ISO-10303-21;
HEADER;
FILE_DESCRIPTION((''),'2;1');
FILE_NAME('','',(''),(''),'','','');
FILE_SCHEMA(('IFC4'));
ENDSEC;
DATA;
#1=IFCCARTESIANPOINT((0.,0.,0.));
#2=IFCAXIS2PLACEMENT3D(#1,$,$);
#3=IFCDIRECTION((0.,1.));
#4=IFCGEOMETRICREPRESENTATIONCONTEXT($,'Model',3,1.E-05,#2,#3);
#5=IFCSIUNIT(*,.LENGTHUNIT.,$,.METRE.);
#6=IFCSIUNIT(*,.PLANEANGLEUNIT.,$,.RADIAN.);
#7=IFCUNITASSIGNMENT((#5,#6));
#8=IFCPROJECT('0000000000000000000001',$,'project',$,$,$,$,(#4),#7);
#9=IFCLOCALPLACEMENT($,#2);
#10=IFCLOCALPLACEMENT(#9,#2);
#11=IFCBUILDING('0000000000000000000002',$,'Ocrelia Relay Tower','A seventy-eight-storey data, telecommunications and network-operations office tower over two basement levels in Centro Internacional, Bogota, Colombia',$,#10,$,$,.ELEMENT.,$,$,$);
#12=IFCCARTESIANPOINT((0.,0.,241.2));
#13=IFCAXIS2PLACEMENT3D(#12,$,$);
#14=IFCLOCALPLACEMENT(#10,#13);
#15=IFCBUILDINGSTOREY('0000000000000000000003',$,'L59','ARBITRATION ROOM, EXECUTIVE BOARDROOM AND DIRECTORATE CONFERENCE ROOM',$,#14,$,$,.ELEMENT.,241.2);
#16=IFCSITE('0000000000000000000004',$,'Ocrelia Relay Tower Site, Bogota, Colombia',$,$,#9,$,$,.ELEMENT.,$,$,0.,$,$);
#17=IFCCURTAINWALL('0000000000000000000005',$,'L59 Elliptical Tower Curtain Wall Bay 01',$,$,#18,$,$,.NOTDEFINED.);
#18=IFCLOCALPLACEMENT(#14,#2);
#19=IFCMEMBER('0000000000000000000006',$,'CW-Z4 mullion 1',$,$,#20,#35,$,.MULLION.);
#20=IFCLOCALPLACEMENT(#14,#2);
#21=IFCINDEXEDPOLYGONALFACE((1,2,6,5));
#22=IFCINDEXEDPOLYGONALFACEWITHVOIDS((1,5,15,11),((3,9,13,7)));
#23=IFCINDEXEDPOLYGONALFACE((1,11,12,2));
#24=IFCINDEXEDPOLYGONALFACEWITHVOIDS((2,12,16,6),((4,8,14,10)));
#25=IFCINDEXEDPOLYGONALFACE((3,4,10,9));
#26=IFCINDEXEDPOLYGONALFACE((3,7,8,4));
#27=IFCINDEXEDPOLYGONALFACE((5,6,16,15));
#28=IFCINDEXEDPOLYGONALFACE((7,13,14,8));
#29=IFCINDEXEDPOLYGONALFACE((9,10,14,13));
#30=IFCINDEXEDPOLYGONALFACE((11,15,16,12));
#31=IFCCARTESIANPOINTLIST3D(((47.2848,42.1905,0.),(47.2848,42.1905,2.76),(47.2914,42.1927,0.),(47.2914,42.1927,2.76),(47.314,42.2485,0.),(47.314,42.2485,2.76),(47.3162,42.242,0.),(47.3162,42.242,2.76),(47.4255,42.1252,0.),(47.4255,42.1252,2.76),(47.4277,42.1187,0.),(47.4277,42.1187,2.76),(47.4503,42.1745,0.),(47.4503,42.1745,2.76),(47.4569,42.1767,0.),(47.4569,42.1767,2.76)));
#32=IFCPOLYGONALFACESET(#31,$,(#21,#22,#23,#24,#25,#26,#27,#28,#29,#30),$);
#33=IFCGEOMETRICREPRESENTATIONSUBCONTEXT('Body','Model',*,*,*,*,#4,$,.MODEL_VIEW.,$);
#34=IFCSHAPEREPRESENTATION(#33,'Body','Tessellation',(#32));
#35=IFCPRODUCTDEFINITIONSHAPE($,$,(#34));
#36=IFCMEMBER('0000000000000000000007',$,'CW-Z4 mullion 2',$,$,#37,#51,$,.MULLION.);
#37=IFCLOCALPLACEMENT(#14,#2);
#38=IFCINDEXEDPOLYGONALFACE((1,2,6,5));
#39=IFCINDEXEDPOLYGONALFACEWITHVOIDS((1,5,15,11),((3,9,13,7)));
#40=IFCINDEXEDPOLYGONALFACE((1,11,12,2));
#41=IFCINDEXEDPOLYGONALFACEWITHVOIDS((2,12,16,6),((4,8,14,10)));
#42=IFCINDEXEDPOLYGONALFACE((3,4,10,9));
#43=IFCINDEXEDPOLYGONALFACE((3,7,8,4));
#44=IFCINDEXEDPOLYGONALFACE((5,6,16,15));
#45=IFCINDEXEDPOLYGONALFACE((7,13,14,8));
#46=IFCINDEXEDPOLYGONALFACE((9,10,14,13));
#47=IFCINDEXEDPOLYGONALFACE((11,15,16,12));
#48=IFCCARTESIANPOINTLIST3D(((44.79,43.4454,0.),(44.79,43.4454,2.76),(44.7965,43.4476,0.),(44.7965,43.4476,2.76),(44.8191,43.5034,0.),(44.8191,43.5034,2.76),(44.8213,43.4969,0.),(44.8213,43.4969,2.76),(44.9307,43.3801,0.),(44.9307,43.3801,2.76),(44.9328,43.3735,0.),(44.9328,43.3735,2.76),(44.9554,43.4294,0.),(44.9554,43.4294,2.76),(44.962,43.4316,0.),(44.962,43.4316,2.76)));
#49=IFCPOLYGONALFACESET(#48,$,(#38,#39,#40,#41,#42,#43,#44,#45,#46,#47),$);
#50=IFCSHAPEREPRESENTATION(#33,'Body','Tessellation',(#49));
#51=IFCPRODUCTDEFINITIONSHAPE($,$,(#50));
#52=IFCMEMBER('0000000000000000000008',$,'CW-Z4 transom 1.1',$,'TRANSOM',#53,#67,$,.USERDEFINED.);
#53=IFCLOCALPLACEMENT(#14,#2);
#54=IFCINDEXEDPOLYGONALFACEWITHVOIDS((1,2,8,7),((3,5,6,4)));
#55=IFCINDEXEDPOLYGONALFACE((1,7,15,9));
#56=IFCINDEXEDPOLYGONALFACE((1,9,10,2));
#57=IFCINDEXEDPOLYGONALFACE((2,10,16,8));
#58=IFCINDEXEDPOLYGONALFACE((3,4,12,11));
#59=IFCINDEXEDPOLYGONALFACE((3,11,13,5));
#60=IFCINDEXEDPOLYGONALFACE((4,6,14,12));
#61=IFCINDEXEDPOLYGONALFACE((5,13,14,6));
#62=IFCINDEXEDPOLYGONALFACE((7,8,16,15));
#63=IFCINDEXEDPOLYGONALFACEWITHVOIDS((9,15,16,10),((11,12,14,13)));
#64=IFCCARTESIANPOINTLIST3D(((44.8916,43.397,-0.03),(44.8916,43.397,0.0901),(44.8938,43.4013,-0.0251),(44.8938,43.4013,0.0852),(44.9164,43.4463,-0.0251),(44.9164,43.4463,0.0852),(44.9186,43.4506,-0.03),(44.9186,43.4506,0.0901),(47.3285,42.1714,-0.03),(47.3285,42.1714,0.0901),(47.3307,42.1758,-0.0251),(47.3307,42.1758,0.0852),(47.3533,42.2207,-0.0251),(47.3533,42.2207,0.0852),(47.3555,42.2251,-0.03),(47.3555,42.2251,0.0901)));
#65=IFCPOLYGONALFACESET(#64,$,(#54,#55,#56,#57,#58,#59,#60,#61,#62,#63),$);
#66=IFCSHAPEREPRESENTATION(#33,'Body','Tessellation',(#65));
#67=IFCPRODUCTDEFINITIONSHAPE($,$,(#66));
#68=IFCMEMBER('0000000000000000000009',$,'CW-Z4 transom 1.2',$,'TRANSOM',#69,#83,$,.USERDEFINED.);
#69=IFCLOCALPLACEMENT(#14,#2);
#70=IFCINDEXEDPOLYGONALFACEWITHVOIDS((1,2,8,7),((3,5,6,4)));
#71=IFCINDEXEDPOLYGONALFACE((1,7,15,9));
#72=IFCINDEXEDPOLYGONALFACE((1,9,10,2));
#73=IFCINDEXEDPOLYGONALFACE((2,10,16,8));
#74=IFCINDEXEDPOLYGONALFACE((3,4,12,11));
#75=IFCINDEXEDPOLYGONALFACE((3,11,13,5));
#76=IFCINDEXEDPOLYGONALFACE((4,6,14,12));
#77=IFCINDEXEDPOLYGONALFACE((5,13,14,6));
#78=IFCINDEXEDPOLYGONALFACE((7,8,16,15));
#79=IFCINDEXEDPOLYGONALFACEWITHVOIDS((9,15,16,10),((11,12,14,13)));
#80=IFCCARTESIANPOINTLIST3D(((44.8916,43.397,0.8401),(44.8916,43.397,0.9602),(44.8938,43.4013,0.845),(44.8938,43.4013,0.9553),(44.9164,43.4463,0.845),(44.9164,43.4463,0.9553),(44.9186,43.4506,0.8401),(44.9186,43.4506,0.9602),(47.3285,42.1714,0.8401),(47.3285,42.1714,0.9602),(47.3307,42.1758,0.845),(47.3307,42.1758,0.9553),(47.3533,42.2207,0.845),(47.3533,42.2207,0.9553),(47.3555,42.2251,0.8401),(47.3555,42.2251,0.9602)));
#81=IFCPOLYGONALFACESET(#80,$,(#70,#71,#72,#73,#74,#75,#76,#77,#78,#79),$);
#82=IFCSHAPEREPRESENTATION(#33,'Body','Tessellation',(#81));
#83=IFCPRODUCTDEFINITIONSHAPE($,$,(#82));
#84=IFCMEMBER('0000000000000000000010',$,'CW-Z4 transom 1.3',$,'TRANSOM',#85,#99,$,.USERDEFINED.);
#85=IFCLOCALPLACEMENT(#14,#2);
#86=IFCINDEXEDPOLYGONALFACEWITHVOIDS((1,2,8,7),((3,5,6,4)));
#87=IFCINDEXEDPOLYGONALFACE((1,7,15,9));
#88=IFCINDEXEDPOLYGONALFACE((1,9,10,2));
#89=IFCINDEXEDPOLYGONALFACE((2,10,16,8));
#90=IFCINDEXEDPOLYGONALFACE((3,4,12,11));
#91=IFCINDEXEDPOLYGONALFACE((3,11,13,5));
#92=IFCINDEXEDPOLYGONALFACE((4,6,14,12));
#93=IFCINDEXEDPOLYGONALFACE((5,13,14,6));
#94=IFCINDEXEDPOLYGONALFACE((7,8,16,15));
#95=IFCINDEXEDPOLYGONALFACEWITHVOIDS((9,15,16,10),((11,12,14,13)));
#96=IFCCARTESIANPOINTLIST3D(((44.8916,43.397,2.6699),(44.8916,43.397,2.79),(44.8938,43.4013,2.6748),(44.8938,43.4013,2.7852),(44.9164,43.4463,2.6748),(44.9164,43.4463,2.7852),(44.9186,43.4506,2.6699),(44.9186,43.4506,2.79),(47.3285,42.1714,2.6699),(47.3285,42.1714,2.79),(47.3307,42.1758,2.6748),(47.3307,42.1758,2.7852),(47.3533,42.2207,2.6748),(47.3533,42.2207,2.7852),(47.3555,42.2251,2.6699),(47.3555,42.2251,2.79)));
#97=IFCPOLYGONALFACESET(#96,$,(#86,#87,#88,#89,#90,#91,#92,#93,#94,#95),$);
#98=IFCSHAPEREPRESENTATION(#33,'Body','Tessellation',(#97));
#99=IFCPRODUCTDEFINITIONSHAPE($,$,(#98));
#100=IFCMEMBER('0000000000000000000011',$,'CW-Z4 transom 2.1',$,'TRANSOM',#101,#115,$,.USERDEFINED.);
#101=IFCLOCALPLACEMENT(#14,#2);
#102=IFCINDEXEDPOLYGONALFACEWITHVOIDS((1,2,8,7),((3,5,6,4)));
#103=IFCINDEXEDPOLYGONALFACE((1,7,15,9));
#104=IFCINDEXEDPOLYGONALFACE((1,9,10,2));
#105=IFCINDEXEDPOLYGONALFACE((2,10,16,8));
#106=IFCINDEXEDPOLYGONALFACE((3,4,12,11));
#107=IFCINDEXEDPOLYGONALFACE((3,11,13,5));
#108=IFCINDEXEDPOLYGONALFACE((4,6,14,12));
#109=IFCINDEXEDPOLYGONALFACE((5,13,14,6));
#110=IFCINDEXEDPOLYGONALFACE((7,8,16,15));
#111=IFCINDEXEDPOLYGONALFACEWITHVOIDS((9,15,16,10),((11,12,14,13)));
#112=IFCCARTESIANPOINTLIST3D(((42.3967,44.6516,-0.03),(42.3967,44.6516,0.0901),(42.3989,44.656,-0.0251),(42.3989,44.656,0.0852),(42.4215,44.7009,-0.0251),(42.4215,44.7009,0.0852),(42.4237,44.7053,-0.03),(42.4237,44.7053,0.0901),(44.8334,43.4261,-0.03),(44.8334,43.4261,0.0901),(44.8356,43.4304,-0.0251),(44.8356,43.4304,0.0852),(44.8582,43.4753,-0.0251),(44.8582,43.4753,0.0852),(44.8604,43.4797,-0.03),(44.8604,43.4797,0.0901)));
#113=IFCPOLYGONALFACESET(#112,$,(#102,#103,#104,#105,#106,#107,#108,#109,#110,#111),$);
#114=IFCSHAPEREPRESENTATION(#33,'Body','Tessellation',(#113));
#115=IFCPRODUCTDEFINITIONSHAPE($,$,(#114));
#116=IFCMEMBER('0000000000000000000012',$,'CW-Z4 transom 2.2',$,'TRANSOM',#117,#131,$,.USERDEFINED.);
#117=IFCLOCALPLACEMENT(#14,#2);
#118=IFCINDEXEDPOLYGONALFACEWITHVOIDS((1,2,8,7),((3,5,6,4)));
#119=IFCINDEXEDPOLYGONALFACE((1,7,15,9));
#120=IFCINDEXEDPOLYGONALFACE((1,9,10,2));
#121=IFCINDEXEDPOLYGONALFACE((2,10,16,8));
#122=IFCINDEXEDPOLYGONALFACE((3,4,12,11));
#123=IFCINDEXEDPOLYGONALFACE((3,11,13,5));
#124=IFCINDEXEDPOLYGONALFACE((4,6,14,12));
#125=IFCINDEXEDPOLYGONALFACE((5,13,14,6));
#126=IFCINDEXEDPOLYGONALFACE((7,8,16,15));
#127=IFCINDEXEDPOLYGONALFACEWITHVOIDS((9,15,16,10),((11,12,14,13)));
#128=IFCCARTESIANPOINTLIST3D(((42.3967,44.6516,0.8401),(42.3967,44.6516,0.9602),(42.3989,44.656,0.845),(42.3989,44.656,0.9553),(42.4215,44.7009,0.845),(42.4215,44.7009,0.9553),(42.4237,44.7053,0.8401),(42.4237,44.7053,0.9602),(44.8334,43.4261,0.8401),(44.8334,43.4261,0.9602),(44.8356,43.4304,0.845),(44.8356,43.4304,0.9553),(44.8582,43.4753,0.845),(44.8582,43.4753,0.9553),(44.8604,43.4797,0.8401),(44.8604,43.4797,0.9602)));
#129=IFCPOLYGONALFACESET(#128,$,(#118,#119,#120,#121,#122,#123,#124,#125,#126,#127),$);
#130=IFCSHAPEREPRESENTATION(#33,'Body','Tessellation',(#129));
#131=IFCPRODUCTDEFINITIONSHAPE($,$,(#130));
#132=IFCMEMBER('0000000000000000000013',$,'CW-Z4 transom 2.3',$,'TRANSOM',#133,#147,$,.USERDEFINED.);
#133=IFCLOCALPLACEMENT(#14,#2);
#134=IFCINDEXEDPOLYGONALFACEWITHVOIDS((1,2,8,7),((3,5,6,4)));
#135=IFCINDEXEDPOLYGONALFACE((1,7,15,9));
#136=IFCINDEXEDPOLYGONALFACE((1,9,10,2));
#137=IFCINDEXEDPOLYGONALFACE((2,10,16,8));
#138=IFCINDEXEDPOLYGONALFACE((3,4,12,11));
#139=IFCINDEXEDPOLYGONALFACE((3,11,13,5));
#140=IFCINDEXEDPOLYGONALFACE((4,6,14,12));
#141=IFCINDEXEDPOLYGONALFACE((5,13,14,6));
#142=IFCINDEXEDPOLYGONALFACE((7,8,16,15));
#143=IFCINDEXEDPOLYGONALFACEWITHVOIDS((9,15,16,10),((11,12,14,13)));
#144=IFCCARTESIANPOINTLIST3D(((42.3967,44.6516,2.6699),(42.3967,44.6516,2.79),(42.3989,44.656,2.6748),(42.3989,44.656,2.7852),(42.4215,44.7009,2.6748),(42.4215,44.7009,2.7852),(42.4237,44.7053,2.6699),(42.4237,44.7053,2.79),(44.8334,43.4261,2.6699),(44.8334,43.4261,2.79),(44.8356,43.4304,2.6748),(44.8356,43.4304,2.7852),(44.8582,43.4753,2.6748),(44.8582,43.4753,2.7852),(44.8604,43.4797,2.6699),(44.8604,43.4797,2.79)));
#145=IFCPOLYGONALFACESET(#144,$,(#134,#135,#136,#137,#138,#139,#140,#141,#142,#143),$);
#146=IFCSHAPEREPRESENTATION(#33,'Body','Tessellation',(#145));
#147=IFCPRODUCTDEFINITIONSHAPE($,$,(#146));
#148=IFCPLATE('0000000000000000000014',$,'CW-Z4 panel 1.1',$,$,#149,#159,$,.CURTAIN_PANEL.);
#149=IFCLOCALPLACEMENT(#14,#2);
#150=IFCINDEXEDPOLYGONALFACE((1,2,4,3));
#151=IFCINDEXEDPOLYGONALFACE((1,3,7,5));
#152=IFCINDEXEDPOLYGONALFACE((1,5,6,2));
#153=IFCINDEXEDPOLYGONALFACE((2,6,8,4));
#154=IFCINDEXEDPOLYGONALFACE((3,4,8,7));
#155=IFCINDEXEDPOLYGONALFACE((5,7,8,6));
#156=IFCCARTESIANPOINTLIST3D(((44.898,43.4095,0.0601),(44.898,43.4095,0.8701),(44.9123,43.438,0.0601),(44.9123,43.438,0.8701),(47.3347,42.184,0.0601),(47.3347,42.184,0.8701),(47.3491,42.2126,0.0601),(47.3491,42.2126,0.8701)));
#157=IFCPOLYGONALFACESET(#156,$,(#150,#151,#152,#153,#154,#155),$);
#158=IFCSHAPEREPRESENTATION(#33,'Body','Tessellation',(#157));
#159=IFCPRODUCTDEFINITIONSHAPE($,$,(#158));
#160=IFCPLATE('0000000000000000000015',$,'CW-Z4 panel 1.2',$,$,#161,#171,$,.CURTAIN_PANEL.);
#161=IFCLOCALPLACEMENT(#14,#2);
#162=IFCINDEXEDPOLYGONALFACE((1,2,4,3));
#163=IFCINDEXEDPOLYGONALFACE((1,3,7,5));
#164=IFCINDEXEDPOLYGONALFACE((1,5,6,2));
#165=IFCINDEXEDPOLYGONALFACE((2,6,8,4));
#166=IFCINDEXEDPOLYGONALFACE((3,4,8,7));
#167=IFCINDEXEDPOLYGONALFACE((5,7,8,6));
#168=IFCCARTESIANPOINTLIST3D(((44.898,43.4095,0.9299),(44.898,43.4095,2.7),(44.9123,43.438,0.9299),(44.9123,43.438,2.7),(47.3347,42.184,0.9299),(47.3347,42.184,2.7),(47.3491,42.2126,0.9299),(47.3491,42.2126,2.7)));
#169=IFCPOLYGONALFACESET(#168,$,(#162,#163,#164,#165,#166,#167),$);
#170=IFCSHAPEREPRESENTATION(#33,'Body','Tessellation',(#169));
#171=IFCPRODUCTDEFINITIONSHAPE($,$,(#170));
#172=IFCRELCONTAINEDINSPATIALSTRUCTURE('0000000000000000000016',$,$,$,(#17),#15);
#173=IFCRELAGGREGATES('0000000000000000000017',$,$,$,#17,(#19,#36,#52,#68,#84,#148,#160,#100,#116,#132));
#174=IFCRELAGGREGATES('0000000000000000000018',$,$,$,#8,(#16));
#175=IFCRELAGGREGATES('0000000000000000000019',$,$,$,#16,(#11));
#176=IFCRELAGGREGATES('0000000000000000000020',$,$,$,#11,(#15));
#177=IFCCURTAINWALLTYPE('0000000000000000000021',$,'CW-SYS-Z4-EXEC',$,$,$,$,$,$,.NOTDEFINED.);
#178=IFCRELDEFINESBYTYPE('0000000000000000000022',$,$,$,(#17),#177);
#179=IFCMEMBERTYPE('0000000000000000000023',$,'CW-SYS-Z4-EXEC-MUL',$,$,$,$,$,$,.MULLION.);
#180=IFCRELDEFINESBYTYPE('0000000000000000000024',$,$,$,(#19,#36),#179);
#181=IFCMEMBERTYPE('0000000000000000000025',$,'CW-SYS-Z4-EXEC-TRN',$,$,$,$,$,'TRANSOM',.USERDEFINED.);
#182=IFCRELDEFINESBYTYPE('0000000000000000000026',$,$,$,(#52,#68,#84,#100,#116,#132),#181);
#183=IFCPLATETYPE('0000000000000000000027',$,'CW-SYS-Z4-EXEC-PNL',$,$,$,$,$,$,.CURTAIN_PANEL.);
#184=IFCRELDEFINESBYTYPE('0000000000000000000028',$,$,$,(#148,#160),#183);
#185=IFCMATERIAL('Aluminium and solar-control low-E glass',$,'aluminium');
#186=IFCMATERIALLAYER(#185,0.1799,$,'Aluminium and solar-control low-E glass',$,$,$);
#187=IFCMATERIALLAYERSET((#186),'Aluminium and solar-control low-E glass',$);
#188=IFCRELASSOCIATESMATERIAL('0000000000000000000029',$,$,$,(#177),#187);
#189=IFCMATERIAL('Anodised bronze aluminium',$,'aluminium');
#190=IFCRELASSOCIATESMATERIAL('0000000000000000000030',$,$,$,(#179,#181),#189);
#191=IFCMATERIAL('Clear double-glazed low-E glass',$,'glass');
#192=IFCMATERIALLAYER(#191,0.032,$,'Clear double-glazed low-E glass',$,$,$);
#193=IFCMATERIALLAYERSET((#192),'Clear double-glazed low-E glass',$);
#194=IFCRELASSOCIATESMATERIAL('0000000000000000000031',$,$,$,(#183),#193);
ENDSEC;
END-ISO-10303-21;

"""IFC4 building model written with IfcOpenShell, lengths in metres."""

from ifc_helpers import new_model, si_unit, direction, frame, origin, origin_2d, place, context, subcontext, project, spatial, rectangle, hollow_rectangle, extrude, material, layer, layer_set, material_profile, profile_set, type_object, element, aggregate, save


model = new_model("IFC4")

# Units and contexts
model_context = context("Model", 3, precision=1e-05, world=origin(), true_north=direction((0.0, 1.0)))
body_context = subcontext(model_context, "Body", "Model", "MODEL_VIEW")
ifc_project = project(units=[si_unit("LENGTHUNIT", "METRE"), si_unit("PLANEANGLEUNIT", "RADIAN")], contexts=[model_context])

# Site, building, storey
site_placement = place(None, origin())
site = spatial("IfcSite", under=ifc_project, at=site_placement, Name="Ocrelia Relay Tower Site, Bogota, Colombia", CompositionType="ELEMENT", RefElevation=0.0)
building_placement = place(site_placement, origin())
building = spatial("IfcBuilding", under=site, at=building_placement, Name="Ocrelia Relay Tower", Description="A seventy-eight-storey data, telecommunications and network-operations office tower over two basement levels in Centro Internacional, Bogota, Colombia", CompositionType="ELEMENT")
storey_placement = place(building_placement, frame((0.0, 0.0, 241.2)))
storey = spatial("IfcBuildingStorey", under=building, at=storey_placement, Name="L59", Description="ARBITRATION ROOM, EXECUTIVE BOARDROOM AND DIRECTORATE CONFERENCE ROOM", CompositionType="ELEMENT", Elevation=241.2)

# Curtain wall, members, plates
ifc_material_1 = material(Name="Aluminium and solar-control low-E glass", Category="aluminium")
ifc_layer_1 = layer(ifc_material_1, 0.1799, Name="Aluminium and solar-control low-E glass")
ifc_layer_set_1 = layer_set([ifc_layer_1], Name="Aluminium and solar-control low-E glass")
curtain_wall_type = type_object("IfcCurtainWallType", Name="CW-SYS-Z4-EXEC", PredefinedType="NOTDEFINED", material=ifc_layer_set_1)
curtain_wall_placement = place(storey_placement, origin())
curtain_wall = element("IfcCurtainWall", 1, at=curtain_wall_placement, inside=storey, type_object=curtain_wall_type, Name="L59 Elliptical Tower Curtain Wall Bay 01", PredefinedType="NOTDEFINED")
ifc_material_2 = material(Name="Anodised bronze aluminium", Category="aluminium")
ifc_material_profile_1 = material_profile(ifc_material_2, hollow_rectangle(XDim=0.0649, YDim=0.1599, WallThickness=0.0049, at=origin_2d()), Name="CW-MUL-160x65")
ifc_profile_set_1 = profile_set([ifc_material_profile_1], Name="Anodised bronze aluminium")
member_type_1 = type_object("IfcMemberType", Name="CW-SYS-Z4-EXEC-MUL", PredefinedType="MULLION", material=ifc_profile_set_1)
member_1_placement = place(storey_placement, frame((47.3708, 42.1836, 0.0), z_axis=(0.0, 0.0, 1.0), x_axis=(-0.449287, -0.893388, 0.0)))
member_1 = element("IfcMember", 2, at=member_1_placement, type_object=member_type_1, Name="CW-Z4 mullion 1", PredefinedType="MULLION", context=body_context, shape_type="SweptSolid", body=[
    extrude(hollow_rectangle(XDim=0.0649, YDim=0.1599, WallThickness=0.0049, at=origin_2d()), origin(), (0.0, 0.0, 1.0), 2.76),
])
member_2_placement = place(storey_placement, frame((44.876, 43.4385, 0.0), z_axis=(0.0, 0.0, 1.0), x_axis=(-0.449287, -0.893388, 0.0)))
member_2 = element("IfcMember", 3, at=member_2_placement, type_object=member_type_1, Name="CW-Z4 mullion 2", PredefinedType="MULLION", context=body_context, shape_type="SweptSolid", body=[
    extrude(hollow_rectangle(XDim=0.0649, YDim=0.1599, WallThickness=0.0049, at=origin_2d()), origin(), (0.0, 0.0, 1.0), 2.76),
])
ifc_material_profile_2 = material_profile(ifc_material_2, hollow_rectangle(XDim=0.0601, YDim=0.1201, WallThickness=0.0049, at=origin_2d()), Name="CW-TRN-120x60")
ifc_profile_set_2 = profile_set([ifc_material_profile_2], Name="Anodised bronze aluminium")
member_type_2 = type_object("IfcMemberType", Name="CW-SYS-Z4-EXEC-TRN", ElementType="TRANSOM", PredefinedType="USERDEFINED", material=ifc_profile_set_2)
member_3_placement = place(storey_placement, frame((47.342, 42.1982, 0.03), z_axis=(-0.893387, 0.449289, 0.0), x_axis=(-0.449289, -0.893387, 0.0)))
member_3 = element("IfcMember", 4, at=member_3_placement, type_object=member_type_2, Name="CW-Z4 transom 1.1", ObjectType="TRANSOM", PredefinedType="USERDEFINED", context=body_context, shape_type="SweptSolid", body=[
    extrude(hollow_rectangle(XDim=0.0601, YDim=0.1201, WallThickness=0.0049, at=origin_2d()), origin(), (0.0, 0.0, 1.0), 2.7278),
])
member_4_placement = place(storey_placement, frame((47.342, 42.1982, 0.9001), z_axis=(-0.893387, 0.449289, 0.0), x_axis=(-0.449289, -0.893387, 0.0)))
member_4 = element("IfcMember", 5, at=member_4_placement, type_object=member_type_2, Name="CW-Z4 transom 1.2", ObjectType="TRANSOM", PredefinedType="USERDEFINED", context=body_context, shape_type="SweptSolid", body=[
    extrude(hollow_rectangle(XDim=0.0601, YDim=0.1201, WallThickness=0.0049, at=origin_2d()), origin(), (0.0, 0.0, 1.0), 2.7278),
])
member_5_placement = place(storey_placement, frame((47.342, 42.1982, 2.73), z_axis=(-0.893387, 0.449289, 0.0), x_axis=(-0.449289, -0.893387, 0.0)))
member_5 = element("IfcMember", 6, at=member_5_placement, type_object=member_type_2, Name="CW-Z4 transom 1.3", ObjectType="TRANSOM", PredefinedType="USERDEFINED", context=body_context, shape_type="SweptSolid", body=[
    extrude(hollow_rectangle(XDim=0.0601, YDim=0.1201, WallThickness=0.0049, at=origin_2d()), origin(), (0.0, 0.0, 1.0), 2.7278),
])
member_6_placement = place(storey_placement, frame((44.8469, 43.4529, 0.03), z_axis=(-0.893369, 0.449325, 0.0), x_axis=(-0.449325, -0.893369, 0.0)))
member_6 = element("IfcMember", 7, at=member_6_placement, type_object=member_type_2, Name="CW-Z4 transom 2.1", ObjectType="TRANSOM", PredefinedType="USERDEFINED", context=body_context, shape_type="SweptSolid", body=[
    extrude(hollow_rectangle(XDim=0.0601, YDim=0.1201, WallThickness=0.0049, at=origin_2d()), origin(), (0.0, 0.0, 1.0), 2.7275),
])
member_7_placement = place(storey_placement, frame((44.8469, 43.4529, 0.9001), z_axis=(-0.893369, 0.449325, 0.0), x_axis=(-0.449325, -0.893369, 0.0)))
member_7 = element("IfcMember", 8, at=member_7_placement, type_object=member_type_2, Name="CW-Z4 transom 2.2", ObjectType="TRANSOM", PredefinedType="USERDEFINED", context=body_context, shape_type="SweptSolid", body=[
    extrude(hollow_rectangle(XDim=0.0601, YDim=0.1201, WallThickness=0.0049, at=origin_2d()), origin(), (0.0, 0.0, 1.0), 2.7275),
])
member_8_placement = place(storey_placement, frame((44.8469, 43.4529, 2.73), z_axis=(-0.893369, 0.449325, 0.0), x_axis=(-0.449325, -0.893369, 0.0)))
member_8 = element("IfcMember", 9, at=member_8_placement, type_object=member_type_2, Name="CW-Z4 transom 2.3", ObjectType="TRANSOM", PredefinedType="USERDEFINED", context=body_context, shape_type="SweptSolid", body=[
    extrude(hollow_rectangle(XDim=0.0601, YDim=0.1201, WallThickness=0.0049, at=origin_2d()), origin(), (0.0, 0.0, 1.0), 2.7275),
])
ifc_material_3 = material(Name="Clear double-glazed low-E glass", Category="glass")
ifc_layer_2 = layer(ifc_material_3, 0.032, Name="Clear double-glazed low-E glass")
ifc_layer_set_2 = layer_set([ifc_layer_2], Name="Clear double-glazed low-E glass")
plate_type = type_object("IfcPlateType", Name="CW-SYS-Z4-EXEC-PNL", PredefinedType="CURTAIN_PANEL", material=ifc_layer_set_2)
plate_1_placement = place(storey_placement, frame((46.1235, 42.811, 0.0601), z_axis=(0.0, 0.0, 1.0), x_axis=(-0.893388, 0.449287, 0.0)))
plate_1 = element("IfcPlate", 10, at=plate_1_placement, type_object=plate_type, Name="CW-Z4 panel 1.1", PredefinedType="CURTAIN_PANEL", context=body_context, shape_type="SweptSolid", body=[
    extrude(rectangle(XDim=2.7275, YDim=0.032, at=origin_2d()), origin(), (0.0, 0.0, 1.0), 0.8101),
])
plate_2_placement = place(storey_placement, frame((46.1235, 42.811, 0.9299), z_axis=(0.0, 0.0, 1.0), x_axis=(-0.893388, 0.449287, 0.0)))
plate_2 = element("IfcPlate", 11, at=plate_2_placement, type_object=plate_type, Name="CW-Z4 panel 1.2", PredefinedType="CURTAIN_PANEL", context=body_context, shape_type="SweptSolid", body=[
    extrude(rectangle(XDim=2.7275, YDim=0.032, at=origin_2d()), origin(), (0.0, 0.0, 1.0), 1.77),
])
aggregate(curtain_wall, [member_1, member_2, member_3, member_4, member_5, plate_1, plate_2, member_6, member_7, member_8])

save(model, "model.ifc")
